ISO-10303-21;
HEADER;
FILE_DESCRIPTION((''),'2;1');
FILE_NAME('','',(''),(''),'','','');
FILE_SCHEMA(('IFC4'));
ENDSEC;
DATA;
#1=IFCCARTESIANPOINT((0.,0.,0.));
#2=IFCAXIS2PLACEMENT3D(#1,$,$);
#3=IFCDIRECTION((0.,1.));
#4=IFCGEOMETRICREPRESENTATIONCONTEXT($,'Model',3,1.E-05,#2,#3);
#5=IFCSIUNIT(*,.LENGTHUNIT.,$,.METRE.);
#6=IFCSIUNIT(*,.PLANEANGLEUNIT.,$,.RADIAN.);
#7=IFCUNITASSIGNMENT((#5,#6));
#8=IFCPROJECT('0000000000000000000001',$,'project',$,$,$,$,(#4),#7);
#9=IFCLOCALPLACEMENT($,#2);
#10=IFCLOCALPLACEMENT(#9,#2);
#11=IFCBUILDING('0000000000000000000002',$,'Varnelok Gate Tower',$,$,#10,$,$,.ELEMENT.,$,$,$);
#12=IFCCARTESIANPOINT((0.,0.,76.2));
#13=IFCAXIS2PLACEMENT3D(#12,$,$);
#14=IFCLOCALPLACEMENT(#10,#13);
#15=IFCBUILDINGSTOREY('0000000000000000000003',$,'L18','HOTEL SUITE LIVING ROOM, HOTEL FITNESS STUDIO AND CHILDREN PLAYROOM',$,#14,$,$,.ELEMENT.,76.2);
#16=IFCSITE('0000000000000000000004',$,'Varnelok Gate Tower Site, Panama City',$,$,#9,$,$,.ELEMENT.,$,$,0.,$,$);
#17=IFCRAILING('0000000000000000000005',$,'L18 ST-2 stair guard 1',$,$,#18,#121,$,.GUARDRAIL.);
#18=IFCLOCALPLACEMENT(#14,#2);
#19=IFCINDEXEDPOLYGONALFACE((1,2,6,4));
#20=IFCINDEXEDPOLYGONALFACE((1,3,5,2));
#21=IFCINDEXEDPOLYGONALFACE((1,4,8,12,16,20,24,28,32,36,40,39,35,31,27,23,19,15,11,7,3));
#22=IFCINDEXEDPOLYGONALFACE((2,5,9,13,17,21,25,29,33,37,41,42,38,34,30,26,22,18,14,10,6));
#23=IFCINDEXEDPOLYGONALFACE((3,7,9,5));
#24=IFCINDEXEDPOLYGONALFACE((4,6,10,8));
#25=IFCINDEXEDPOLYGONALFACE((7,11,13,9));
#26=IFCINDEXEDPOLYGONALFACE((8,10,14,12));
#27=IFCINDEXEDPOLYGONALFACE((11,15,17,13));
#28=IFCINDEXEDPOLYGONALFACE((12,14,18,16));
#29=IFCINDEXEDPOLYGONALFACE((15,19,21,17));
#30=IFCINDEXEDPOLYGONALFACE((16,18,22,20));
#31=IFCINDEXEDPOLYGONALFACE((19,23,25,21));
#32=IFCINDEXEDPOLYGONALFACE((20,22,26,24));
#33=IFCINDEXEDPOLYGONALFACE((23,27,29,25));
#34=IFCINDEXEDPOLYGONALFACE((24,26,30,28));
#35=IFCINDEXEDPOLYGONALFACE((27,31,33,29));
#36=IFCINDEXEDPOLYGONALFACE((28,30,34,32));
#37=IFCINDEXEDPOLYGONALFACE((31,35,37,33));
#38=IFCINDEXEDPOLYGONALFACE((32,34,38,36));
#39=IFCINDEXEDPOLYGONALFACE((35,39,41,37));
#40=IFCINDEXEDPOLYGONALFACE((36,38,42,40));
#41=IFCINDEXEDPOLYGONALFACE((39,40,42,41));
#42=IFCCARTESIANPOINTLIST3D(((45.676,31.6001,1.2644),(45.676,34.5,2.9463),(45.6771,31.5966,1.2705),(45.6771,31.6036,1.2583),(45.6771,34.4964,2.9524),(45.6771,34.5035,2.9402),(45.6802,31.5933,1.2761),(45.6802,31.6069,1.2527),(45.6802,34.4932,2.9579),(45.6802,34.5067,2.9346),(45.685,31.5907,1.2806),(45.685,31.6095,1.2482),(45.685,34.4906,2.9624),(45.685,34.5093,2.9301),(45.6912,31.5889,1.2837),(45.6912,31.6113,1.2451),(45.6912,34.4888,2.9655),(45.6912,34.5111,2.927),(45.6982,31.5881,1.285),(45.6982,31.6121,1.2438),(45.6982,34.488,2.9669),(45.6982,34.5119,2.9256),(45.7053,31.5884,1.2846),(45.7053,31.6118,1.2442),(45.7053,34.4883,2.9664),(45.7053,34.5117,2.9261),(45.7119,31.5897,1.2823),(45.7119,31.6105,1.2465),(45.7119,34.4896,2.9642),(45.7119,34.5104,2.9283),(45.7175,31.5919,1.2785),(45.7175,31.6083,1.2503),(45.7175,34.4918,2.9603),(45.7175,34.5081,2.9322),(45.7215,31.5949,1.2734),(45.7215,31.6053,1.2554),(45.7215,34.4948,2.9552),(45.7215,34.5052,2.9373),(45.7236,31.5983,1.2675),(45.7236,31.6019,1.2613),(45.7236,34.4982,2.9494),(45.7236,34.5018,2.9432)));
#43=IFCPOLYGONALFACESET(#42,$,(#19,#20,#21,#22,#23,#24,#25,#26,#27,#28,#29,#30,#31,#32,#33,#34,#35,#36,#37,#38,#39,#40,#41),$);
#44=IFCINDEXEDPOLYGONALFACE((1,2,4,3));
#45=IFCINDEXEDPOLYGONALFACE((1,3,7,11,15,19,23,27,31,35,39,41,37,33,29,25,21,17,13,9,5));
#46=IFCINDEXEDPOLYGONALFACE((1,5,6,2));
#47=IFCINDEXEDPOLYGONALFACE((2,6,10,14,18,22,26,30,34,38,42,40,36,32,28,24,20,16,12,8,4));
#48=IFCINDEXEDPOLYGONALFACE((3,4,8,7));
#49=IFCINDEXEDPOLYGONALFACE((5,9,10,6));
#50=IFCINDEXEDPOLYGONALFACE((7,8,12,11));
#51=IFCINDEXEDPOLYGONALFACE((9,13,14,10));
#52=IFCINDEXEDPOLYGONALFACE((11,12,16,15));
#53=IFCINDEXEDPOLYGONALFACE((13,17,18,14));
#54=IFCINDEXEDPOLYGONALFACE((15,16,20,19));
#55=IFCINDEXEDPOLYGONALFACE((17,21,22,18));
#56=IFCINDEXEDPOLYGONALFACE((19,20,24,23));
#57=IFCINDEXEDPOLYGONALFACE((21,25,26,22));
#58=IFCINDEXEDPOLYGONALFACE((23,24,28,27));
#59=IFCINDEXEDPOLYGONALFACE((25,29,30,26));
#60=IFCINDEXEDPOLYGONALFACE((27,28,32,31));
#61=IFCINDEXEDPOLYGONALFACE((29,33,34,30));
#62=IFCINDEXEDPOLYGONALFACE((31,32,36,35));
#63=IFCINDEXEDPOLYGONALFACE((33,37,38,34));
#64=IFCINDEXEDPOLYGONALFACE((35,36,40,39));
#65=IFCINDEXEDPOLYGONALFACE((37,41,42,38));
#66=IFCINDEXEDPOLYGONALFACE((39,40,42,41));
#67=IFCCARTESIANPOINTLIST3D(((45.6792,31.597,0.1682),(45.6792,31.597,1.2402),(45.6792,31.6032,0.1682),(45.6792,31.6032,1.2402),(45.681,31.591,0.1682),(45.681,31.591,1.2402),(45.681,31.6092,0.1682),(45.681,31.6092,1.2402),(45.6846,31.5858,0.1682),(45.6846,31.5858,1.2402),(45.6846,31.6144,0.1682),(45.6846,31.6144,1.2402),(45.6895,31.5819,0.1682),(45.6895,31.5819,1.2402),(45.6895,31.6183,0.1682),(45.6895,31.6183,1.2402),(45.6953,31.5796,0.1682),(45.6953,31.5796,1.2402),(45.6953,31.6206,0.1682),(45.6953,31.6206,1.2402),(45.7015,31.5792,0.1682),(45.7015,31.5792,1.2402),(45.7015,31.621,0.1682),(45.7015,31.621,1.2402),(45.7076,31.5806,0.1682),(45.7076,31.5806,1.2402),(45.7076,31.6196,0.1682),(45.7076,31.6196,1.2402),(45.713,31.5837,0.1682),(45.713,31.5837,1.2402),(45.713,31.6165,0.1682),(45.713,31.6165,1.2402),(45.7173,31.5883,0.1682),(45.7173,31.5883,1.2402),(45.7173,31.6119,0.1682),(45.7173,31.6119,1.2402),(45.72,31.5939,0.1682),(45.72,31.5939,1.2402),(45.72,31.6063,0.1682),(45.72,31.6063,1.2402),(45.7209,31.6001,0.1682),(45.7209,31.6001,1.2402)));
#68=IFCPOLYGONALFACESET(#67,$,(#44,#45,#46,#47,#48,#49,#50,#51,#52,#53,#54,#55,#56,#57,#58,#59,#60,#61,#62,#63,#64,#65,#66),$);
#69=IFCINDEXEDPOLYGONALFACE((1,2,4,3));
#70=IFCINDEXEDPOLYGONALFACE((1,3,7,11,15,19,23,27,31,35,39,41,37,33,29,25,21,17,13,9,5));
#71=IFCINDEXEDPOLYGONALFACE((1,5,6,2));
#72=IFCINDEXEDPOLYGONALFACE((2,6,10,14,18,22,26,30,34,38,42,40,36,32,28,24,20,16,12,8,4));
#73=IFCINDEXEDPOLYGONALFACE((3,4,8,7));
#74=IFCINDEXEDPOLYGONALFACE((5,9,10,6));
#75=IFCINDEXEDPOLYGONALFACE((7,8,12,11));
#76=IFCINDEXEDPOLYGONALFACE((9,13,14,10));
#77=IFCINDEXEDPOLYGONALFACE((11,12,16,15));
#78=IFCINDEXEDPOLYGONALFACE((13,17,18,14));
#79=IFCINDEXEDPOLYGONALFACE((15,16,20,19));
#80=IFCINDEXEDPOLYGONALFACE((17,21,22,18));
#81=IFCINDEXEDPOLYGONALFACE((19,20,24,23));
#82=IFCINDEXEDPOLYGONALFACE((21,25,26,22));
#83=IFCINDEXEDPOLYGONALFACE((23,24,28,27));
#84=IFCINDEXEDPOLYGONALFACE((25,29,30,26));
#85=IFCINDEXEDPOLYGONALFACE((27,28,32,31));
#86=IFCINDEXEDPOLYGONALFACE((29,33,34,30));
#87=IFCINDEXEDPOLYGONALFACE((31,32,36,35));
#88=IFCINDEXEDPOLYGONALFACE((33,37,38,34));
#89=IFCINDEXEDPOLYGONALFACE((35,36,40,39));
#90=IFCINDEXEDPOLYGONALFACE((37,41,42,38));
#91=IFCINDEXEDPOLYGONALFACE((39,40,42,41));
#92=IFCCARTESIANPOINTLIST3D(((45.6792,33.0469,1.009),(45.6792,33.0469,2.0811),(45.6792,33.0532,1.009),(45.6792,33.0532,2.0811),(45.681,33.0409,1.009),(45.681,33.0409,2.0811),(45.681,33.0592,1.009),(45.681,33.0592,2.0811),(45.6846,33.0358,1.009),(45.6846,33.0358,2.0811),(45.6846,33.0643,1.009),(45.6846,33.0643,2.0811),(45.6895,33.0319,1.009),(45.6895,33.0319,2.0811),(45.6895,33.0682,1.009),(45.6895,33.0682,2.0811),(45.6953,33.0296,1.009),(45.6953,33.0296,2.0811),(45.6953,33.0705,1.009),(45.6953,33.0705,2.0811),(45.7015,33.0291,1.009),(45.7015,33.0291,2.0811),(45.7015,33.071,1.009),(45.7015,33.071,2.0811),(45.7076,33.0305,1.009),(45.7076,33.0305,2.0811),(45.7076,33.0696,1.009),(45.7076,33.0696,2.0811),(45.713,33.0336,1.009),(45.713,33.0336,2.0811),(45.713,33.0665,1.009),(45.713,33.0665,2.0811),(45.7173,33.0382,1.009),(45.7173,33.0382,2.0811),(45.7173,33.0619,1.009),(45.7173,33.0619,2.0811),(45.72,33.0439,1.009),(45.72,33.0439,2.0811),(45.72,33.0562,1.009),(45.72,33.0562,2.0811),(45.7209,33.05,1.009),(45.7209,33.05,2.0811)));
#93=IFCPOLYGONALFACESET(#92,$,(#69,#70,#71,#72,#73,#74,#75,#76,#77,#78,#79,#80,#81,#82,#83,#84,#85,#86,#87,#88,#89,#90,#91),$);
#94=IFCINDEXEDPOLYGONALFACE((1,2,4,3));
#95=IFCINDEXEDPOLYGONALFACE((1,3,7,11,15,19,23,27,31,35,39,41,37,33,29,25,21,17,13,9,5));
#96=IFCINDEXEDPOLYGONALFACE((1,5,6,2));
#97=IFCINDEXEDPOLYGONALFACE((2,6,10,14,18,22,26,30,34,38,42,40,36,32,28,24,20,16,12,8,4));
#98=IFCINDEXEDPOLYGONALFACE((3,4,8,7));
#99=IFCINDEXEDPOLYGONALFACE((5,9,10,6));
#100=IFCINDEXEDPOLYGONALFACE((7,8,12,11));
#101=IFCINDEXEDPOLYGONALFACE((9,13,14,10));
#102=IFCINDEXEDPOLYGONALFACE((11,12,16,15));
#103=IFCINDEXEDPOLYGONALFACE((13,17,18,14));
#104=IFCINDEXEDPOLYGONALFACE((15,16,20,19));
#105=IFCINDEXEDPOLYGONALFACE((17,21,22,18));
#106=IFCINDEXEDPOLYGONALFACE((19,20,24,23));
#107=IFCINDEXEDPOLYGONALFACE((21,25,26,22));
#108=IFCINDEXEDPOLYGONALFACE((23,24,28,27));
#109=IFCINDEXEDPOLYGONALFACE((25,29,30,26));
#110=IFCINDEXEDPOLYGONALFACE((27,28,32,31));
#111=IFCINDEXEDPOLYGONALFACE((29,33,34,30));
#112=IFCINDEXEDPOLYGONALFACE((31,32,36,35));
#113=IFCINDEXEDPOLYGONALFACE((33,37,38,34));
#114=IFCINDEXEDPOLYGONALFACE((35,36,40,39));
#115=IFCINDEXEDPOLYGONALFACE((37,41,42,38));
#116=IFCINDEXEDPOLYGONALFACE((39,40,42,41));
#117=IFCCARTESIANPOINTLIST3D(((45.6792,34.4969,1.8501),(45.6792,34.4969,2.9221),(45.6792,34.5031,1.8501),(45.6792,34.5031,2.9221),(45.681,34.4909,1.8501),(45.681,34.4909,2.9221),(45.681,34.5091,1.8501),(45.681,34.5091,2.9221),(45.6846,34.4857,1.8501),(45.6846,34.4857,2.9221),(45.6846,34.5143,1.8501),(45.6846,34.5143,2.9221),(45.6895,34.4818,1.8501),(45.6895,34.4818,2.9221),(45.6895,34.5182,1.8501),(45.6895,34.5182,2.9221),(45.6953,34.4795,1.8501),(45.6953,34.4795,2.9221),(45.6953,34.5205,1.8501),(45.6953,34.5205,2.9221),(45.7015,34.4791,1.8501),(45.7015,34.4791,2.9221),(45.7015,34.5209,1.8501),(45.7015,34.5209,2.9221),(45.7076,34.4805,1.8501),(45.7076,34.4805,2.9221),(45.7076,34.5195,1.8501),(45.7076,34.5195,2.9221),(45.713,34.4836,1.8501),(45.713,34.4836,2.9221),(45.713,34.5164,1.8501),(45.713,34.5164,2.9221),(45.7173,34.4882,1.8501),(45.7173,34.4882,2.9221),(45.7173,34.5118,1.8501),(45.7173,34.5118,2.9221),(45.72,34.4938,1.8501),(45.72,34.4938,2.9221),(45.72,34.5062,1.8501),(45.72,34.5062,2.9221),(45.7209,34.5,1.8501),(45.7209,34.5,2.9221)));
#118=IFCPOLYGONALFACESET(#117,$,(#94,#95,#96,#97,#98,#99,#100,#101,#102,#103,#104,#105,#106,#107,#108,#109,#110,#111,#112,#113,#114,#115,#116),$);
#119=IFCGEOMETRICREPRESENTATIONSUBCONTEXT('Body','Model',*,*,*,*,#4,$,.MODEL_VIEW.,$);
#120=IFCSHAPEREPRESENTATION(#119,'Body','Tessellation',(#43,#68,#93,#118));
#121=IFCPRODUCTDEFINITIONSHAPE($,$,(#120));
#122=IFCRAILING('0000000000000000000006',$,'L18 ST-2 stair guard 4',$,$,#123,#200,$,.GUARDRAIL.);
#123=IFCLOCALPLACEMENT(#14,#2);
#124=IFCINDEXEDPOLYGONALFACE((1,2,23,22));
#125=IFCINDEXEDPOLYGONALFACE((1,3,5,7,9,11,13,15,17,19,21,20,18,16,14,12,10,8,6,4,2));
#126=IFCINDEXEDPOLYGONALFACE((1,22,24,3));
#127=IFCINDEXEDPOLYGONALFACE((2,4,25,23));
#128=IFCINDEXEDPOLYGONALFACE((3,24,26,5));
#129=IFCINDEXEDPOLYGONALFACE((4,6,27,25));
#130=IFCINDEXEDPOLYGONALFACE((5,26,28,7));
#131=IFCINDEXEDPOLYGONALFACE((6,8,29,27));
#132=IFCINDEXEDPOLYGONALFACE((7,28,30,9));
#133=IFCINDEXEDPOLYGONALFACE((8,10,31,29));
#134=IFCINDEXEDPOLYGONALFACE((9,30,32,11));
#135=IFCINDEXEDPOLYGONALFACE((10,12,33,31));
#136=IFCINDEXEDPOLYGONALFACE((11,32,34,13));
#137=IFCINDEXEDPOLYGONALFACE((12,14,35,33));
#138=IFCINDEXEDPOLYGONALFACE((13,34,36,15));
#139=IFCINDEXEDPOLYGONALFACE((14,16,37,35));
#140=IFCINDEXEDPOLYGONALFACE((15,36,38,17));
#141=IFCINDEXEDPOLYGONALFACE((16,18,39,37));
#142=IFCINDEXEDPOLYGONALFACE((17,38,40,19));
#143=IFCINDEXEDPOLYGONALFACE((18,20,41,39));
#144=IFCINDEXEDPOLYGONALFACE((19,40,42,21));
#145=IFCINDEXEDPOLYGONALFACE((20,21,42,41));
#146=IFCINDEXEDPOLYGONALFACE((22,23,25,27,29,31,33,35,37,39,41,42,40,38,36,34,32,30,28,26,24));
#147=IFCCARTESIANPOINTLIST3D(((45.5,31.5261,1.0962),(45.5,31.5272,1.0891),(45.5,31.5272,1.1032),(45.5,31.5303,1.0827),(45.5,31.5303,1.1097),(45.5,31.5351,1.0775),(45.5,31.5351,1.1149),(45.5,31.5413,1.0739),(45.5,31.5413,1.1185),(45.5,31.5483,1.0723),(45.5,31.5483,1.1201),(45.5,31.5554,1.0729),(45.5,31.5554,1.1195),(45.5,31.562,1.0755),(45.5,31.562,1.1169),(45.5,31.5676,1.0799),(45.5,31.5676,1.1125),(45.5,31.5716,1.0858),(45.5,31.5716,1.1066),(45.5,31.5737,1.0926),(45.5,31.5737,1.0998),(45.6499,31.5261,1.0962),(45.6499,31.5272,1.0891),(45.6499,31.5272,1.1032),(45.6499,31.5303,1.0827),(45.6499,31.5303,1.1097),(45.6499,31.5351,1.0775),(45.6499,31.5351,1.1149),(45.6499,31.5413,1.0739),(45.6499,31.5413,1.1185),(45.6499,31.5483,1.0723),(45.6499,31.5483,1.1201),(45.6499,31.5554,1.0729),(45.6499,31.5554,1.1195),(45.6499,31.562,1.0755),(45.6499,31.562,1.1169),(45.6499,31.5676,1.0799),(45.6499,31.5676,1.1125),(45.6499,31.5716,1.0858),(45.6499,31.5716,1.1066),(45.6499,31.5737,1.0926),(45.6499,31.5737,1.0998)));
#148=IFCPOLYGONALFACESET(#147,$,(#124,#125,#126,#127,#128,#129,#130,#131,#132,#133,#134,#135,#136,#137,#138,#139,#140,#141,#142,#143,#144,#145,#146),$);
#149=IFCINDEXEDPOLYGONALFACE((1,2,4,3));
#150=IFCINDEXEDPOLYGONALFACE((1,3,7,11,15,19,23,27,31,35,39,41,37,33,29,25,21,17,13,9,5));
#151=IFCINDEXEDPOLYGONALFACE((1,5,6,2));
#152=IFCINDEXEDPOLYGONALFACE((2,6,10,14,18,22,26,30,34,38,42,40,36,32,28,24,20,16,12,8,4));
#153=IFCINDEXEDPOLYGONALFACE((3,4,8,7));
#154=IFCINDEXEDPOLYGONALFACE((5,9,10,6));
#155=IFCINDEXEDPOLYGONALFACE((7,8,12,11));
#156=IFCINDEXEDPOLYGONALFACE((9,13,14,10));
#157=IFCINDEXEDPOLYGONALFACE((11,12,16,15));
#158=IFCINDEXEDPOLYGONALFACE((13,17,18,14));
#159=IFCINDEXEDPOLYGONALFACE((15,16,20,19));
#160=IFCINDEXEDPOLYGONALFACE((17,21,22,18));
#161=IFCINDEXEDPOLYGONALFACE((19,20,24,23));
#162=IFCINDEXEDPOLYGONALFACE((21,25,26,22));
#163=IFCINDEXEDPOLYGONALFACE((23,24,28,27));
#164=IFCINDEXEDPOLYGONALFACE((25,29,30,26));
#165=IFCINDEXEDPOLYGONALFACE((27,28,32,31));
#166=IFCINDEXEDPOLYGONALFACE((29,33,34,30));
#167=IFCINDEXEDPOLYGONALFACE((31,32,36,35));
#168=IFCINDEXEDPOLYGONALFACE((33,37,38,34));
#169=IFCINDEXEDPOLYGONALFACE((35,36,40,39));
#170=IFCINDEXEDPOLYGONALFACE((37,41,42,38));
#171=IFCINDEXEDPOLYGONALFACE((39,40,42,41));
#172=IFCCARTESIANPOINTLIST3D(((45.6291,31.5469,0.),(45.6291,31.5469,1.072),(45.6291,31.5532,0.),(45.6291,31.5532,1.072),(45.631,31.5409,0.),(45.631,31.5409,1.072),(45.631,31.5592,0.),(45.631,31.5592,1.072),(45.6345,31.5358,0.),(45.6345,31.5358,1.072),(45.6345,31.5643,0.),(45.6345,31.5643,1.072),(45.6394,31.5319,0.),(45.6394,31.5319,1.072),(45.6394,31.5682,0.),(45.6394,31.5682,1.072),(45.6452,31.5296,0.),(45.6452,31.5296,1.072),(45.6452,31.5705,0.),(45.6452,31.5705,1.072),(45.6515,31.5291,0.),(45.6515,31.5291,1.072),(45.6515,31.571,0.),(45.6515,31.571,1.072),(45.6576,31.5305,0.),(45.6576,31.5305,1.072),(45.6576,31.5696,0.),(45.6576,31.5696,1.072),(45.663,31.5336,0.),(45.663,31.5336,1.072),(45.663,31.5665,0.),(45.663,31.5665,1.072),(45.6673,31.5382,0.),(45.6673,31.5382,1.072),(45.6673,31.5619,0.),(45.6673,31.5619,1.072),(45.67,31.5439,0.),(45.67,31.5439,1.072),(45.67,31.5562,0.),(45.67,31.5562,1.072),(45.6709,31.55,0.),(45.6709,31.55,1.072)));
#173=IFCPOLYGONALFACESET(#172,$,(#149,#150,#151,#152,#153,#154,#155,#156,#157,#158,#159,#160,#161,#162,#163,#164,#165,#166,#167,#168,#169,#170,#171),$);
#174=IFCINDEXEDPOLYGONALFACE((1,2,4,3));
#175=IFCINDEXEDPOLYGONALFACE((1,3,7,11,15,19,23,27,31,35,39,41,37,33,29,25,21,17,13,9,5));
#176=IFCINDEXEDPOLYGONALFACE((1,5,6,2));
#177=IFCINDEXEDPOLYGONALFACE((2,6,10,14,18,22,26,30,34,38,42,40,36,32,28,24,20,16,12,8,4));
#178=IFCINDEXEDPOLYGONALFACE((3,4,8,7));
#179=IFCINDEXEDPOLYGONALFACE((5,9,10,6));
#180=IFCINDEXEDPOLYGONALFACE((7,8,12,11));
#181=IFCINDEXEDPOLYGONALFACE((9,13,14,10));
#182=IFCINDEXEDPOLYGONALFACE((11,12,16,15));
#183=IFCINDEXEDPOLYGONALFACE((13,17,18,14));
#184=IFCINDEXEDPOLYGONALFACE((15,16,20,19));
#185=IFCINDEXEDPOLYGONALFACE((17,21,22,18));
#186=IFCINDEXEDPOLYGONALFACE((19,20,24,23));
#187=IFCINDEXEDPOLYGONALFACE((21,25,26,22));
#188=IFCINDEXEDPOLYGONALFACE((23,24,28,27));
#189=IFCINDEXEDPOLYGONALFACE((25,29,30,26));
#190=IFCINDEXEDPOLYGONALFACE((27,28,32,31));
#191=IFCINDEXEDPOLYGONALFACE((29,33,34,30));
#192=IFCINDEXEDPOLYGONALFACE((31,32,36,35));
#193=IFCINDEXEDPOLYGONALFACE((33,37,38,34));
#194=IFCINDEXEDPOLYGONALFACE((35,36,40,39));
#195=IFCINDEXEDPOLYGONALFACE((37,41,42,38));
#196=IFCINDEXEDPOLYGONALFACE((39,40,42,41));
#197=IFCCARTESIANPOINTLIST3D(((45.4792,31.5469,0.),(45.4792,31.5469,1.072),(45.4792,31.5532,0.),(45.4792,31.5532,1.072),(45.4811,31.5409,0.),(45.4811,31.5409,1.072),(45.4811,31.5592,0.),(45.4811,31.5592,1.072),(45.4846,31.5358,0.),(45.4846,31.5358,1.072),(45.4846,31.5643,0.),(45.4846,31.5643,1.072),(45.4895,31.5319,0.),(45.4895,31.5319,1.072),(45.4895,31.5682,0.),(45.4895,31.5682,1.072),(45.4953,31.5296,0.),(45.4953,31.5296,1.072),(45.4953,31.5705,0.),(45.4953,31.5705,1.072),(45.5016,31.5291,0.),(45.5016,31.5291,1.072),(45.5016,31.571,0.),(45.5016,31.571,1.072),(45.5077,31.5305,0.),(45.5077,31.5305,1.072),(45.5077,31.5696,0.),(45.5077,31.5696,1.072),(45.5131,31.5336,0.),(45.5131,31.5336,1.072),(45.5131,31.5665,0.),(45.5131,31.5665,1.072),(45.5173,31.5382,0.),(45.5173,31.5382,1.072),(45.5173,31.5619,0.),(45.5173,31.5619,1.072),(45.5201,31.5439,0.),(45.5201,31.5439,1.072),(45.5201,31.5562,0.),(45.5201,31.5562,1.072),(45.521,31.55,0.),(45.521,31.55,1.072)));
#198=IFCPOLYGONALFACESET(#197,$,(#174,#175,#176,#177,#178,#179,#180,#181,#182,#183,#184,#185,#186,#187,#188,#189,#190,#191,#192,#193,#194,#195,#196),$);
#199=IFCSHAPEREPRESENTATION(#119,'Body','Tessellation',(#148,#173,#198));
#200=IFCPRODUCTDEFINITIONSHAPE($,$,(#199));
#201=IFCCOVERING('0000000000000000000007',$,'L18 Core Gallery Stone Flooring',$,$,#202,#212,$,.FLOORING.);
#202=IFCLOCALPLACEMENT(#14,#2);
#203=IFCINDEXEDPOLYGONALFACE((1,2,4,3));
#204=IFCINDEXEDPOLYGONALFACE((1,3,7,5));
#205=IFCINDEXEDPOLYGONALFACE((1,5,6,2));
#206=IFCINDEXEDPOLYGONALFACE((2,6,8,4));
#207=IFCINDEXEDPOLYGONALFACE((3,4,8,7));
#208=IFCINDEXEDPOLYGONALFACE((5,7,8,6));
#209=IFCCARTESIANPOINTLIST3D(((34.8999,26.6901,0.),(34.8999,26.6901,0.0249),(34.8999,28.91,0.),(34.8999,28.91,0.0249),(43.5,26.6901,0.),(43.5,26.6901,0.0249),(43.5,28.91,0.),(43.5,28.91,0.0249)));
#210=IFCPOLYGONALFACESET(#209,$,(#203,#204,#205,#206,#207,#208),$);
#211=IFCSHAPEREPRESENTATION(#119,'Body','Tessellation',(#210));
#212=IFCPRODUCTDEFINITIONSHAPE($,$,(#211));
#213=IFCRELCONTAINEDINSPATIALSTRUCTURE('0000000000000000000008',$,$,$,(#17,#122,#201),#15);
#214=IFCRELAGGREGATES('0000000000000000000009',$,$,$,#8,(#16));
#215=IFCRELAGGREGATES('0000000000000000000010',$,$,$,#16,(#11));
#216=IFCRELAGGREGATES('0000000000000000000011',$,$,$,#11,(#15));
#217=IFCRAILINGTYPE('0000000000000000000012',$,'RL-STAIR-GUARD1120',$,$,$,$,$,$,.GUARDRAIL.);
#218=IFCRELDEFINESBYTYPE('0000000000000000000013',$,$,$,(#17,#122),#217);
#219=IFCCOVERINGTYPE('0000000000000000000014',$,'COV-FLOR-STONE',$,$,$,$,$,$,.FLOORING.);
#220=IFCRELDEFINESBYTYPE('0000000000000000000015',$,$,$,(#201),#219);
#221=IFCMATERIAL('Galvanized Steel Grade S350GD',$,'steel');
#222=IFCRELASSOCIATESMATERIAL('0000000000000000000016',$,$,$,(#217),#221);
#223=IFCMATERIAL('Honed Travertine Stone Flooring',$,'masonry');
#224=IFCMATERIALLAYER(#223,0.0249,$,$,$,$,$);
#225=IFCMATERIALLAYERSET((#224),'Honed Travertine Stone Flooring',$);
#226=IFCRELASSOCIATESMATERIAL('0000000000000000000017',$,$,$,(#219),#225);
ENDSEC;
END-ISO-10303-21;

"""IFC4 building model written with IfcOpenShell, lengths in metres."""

from ifc_helpers import new_model, si_unit, direction, frame, origin, origin_2d, place, context, subcontext, project, spatial, rectangle, circle, extrude, source, transform, mapped, material, layer, layer_set, type_object, element, save


model = new_model("IFC4")

# Units and contexts
model_context = context("Model", 3, precision=1e-05, world=origin(), true_north=direction((0.0, 1.0)))
body_context = subcontext(model_context, "Body", "Model", "MODEL_VIEW")
ifc_project = project(units=[si_unit("LENGTHUNIT", "METRE"), si_unit("PLANEANGLEUNIT", "RADIAN")], contexts=[model_context])

# Site, building, storey
site_placement = place(None, origin())
site = spatial("IfcSite", under=ifc_project, at=site_placement, Name="Varnelok Gate Tower Site, Panama City", CompositionType="ELEMENT", RefElevation=0.0)
building_placement = place(site_placement, origin())
building = spatial("IfcBuilding", under=site, at=building_placement, Name="Varnelok Gate Tower", CompositionType="ELEMENT")
storey_placement = place(building_placement, frame((0.0, 0.0, 76.2)))
storey = spatial("IfcBuildingStorey", under=building, at=storey_placement, Name="L18", Description="HOTEL SUITE LIVING ROOM, HOTEL FITNESS STUDIO AND CHILDREN PLAYROOM", CompositionType="ELEMENT", Elevation=76.2)

# Shared definitions
ifc_material_1 = material(Name="Galvanized Steel Grade S350GD", Category="steel")

# Railings
railing_type_1 = type_object("IfcRailingType", Name="RL-STAIR-GUARD1120", PredefinedType="GUARDRAIL", material=ifc_material_1)
railing_1_placement = place(storey_placement, frame((45.7, 31.6001, 0.1682)))
element("IfcRailing", 1, at=railing_1_placement, inside=storey, type_object=railing_type_1, Name="L18 ST-2 stair guard 1", PredefinedType="GUARDRAIL", context=body_context, shape_type="SweptSolid", body=[
    extrude(circle(Radius=0.0239, at=origin_2d()), frame((0.0, 0.0, 1.0962), z_axis=(0.0, 0.865039, 0.501705), x_axis=(-1.0, 0.0, 0.0)), (0.0, 0.0, 1.0), 3.3523),
    extrude(circle(Radius=0.021, at=origin_2d()), origin(), (0.0, 0.0, 1.0), 1.072),
    extrude(circle(Radius=0.021, at=origin_2d()), frame((0.0, 1.45, 0.8408)), (0.0, 0.0, 1.0), 1.072),
    extrude(circle(Radius=0.021, at=origin_2d()), frame((0.0, 2.8999, 1.6819)), (0.0, 0.0, 1.0), 1.072),
])
railing_2_placement = place(storey_placement, frame((45.6499, 31.55, 0.0)))
element("IfcRailing", 2, at=railing_2_placement, inside=storey, type_object=railing_type_1, Name="L18 ST-2 stair guard 4", PredefinedType="GUARDRAIL", context=body_context, shape_type="SweptSolid", body=[
    extrude(circle(Radius=0.0239, at=origin_2d()), frame((0.0, 0.0, 1.0962), z_axis=(-1.0, 0.0, 0.0), x_axis=(0.0, -1.0, 0.0)), (0.0, 0.0, 1.0), 0.1499),
    extrude(circle(Radius=0.021, at=origin_2d()), origin(), (0.0, 0.0, 1.0), 1.072),
    extrude(circle(Radius=0.021, at=origin_2d()), frame((-0.1499, 0.0, 0.0)), (0.0, 0.0, 1.0), 1.072),
])

# Covering
ifc_material_2 = material(Name="Honed Travertine Stone Flooring", Category="masonry")
ifc_layer_1 = layer(ifc_material_2, 0.0249)
ifc_layer_set_1 = layer_set([ifc_layer_1], Name="Honed Travertine Stone Flooring")
covering_type_1 = type_object("IfcCoveringType", Name="COV-FLOR-STONE", PredefinedType="FLOORING", material=ifc_layer_set_1)
shared_shape_1 = source(origin(), body_context, "Body", "SweptSolid", [
    extrude(rectangle(XDim=8.6001, YDim=2.22, at=origin_2d()), origin(), (0.0, 0.0, 1.0), 0.0249),
])
covering_1_placement = place(storey_placement, frame((39.2, 27.8, 0.0), z_axis=(0.0, 0.0, 1.0), x_axis=(1.0, 0.0, 0.0)))
element("IfcCovering", 3, at=covering_1_placement, inside=storey, type_object=covering_type_1, Name="L18 Core Gallery Stone Flooring", PredefinedType="FLOORING", context=body_context, shape_type="MappedRepresentation", body=[
    mapped(shared_shape_1, transform((0.0, 0.0, 0.0), scale=1.0)),
])

save(model, "model.ifc")
